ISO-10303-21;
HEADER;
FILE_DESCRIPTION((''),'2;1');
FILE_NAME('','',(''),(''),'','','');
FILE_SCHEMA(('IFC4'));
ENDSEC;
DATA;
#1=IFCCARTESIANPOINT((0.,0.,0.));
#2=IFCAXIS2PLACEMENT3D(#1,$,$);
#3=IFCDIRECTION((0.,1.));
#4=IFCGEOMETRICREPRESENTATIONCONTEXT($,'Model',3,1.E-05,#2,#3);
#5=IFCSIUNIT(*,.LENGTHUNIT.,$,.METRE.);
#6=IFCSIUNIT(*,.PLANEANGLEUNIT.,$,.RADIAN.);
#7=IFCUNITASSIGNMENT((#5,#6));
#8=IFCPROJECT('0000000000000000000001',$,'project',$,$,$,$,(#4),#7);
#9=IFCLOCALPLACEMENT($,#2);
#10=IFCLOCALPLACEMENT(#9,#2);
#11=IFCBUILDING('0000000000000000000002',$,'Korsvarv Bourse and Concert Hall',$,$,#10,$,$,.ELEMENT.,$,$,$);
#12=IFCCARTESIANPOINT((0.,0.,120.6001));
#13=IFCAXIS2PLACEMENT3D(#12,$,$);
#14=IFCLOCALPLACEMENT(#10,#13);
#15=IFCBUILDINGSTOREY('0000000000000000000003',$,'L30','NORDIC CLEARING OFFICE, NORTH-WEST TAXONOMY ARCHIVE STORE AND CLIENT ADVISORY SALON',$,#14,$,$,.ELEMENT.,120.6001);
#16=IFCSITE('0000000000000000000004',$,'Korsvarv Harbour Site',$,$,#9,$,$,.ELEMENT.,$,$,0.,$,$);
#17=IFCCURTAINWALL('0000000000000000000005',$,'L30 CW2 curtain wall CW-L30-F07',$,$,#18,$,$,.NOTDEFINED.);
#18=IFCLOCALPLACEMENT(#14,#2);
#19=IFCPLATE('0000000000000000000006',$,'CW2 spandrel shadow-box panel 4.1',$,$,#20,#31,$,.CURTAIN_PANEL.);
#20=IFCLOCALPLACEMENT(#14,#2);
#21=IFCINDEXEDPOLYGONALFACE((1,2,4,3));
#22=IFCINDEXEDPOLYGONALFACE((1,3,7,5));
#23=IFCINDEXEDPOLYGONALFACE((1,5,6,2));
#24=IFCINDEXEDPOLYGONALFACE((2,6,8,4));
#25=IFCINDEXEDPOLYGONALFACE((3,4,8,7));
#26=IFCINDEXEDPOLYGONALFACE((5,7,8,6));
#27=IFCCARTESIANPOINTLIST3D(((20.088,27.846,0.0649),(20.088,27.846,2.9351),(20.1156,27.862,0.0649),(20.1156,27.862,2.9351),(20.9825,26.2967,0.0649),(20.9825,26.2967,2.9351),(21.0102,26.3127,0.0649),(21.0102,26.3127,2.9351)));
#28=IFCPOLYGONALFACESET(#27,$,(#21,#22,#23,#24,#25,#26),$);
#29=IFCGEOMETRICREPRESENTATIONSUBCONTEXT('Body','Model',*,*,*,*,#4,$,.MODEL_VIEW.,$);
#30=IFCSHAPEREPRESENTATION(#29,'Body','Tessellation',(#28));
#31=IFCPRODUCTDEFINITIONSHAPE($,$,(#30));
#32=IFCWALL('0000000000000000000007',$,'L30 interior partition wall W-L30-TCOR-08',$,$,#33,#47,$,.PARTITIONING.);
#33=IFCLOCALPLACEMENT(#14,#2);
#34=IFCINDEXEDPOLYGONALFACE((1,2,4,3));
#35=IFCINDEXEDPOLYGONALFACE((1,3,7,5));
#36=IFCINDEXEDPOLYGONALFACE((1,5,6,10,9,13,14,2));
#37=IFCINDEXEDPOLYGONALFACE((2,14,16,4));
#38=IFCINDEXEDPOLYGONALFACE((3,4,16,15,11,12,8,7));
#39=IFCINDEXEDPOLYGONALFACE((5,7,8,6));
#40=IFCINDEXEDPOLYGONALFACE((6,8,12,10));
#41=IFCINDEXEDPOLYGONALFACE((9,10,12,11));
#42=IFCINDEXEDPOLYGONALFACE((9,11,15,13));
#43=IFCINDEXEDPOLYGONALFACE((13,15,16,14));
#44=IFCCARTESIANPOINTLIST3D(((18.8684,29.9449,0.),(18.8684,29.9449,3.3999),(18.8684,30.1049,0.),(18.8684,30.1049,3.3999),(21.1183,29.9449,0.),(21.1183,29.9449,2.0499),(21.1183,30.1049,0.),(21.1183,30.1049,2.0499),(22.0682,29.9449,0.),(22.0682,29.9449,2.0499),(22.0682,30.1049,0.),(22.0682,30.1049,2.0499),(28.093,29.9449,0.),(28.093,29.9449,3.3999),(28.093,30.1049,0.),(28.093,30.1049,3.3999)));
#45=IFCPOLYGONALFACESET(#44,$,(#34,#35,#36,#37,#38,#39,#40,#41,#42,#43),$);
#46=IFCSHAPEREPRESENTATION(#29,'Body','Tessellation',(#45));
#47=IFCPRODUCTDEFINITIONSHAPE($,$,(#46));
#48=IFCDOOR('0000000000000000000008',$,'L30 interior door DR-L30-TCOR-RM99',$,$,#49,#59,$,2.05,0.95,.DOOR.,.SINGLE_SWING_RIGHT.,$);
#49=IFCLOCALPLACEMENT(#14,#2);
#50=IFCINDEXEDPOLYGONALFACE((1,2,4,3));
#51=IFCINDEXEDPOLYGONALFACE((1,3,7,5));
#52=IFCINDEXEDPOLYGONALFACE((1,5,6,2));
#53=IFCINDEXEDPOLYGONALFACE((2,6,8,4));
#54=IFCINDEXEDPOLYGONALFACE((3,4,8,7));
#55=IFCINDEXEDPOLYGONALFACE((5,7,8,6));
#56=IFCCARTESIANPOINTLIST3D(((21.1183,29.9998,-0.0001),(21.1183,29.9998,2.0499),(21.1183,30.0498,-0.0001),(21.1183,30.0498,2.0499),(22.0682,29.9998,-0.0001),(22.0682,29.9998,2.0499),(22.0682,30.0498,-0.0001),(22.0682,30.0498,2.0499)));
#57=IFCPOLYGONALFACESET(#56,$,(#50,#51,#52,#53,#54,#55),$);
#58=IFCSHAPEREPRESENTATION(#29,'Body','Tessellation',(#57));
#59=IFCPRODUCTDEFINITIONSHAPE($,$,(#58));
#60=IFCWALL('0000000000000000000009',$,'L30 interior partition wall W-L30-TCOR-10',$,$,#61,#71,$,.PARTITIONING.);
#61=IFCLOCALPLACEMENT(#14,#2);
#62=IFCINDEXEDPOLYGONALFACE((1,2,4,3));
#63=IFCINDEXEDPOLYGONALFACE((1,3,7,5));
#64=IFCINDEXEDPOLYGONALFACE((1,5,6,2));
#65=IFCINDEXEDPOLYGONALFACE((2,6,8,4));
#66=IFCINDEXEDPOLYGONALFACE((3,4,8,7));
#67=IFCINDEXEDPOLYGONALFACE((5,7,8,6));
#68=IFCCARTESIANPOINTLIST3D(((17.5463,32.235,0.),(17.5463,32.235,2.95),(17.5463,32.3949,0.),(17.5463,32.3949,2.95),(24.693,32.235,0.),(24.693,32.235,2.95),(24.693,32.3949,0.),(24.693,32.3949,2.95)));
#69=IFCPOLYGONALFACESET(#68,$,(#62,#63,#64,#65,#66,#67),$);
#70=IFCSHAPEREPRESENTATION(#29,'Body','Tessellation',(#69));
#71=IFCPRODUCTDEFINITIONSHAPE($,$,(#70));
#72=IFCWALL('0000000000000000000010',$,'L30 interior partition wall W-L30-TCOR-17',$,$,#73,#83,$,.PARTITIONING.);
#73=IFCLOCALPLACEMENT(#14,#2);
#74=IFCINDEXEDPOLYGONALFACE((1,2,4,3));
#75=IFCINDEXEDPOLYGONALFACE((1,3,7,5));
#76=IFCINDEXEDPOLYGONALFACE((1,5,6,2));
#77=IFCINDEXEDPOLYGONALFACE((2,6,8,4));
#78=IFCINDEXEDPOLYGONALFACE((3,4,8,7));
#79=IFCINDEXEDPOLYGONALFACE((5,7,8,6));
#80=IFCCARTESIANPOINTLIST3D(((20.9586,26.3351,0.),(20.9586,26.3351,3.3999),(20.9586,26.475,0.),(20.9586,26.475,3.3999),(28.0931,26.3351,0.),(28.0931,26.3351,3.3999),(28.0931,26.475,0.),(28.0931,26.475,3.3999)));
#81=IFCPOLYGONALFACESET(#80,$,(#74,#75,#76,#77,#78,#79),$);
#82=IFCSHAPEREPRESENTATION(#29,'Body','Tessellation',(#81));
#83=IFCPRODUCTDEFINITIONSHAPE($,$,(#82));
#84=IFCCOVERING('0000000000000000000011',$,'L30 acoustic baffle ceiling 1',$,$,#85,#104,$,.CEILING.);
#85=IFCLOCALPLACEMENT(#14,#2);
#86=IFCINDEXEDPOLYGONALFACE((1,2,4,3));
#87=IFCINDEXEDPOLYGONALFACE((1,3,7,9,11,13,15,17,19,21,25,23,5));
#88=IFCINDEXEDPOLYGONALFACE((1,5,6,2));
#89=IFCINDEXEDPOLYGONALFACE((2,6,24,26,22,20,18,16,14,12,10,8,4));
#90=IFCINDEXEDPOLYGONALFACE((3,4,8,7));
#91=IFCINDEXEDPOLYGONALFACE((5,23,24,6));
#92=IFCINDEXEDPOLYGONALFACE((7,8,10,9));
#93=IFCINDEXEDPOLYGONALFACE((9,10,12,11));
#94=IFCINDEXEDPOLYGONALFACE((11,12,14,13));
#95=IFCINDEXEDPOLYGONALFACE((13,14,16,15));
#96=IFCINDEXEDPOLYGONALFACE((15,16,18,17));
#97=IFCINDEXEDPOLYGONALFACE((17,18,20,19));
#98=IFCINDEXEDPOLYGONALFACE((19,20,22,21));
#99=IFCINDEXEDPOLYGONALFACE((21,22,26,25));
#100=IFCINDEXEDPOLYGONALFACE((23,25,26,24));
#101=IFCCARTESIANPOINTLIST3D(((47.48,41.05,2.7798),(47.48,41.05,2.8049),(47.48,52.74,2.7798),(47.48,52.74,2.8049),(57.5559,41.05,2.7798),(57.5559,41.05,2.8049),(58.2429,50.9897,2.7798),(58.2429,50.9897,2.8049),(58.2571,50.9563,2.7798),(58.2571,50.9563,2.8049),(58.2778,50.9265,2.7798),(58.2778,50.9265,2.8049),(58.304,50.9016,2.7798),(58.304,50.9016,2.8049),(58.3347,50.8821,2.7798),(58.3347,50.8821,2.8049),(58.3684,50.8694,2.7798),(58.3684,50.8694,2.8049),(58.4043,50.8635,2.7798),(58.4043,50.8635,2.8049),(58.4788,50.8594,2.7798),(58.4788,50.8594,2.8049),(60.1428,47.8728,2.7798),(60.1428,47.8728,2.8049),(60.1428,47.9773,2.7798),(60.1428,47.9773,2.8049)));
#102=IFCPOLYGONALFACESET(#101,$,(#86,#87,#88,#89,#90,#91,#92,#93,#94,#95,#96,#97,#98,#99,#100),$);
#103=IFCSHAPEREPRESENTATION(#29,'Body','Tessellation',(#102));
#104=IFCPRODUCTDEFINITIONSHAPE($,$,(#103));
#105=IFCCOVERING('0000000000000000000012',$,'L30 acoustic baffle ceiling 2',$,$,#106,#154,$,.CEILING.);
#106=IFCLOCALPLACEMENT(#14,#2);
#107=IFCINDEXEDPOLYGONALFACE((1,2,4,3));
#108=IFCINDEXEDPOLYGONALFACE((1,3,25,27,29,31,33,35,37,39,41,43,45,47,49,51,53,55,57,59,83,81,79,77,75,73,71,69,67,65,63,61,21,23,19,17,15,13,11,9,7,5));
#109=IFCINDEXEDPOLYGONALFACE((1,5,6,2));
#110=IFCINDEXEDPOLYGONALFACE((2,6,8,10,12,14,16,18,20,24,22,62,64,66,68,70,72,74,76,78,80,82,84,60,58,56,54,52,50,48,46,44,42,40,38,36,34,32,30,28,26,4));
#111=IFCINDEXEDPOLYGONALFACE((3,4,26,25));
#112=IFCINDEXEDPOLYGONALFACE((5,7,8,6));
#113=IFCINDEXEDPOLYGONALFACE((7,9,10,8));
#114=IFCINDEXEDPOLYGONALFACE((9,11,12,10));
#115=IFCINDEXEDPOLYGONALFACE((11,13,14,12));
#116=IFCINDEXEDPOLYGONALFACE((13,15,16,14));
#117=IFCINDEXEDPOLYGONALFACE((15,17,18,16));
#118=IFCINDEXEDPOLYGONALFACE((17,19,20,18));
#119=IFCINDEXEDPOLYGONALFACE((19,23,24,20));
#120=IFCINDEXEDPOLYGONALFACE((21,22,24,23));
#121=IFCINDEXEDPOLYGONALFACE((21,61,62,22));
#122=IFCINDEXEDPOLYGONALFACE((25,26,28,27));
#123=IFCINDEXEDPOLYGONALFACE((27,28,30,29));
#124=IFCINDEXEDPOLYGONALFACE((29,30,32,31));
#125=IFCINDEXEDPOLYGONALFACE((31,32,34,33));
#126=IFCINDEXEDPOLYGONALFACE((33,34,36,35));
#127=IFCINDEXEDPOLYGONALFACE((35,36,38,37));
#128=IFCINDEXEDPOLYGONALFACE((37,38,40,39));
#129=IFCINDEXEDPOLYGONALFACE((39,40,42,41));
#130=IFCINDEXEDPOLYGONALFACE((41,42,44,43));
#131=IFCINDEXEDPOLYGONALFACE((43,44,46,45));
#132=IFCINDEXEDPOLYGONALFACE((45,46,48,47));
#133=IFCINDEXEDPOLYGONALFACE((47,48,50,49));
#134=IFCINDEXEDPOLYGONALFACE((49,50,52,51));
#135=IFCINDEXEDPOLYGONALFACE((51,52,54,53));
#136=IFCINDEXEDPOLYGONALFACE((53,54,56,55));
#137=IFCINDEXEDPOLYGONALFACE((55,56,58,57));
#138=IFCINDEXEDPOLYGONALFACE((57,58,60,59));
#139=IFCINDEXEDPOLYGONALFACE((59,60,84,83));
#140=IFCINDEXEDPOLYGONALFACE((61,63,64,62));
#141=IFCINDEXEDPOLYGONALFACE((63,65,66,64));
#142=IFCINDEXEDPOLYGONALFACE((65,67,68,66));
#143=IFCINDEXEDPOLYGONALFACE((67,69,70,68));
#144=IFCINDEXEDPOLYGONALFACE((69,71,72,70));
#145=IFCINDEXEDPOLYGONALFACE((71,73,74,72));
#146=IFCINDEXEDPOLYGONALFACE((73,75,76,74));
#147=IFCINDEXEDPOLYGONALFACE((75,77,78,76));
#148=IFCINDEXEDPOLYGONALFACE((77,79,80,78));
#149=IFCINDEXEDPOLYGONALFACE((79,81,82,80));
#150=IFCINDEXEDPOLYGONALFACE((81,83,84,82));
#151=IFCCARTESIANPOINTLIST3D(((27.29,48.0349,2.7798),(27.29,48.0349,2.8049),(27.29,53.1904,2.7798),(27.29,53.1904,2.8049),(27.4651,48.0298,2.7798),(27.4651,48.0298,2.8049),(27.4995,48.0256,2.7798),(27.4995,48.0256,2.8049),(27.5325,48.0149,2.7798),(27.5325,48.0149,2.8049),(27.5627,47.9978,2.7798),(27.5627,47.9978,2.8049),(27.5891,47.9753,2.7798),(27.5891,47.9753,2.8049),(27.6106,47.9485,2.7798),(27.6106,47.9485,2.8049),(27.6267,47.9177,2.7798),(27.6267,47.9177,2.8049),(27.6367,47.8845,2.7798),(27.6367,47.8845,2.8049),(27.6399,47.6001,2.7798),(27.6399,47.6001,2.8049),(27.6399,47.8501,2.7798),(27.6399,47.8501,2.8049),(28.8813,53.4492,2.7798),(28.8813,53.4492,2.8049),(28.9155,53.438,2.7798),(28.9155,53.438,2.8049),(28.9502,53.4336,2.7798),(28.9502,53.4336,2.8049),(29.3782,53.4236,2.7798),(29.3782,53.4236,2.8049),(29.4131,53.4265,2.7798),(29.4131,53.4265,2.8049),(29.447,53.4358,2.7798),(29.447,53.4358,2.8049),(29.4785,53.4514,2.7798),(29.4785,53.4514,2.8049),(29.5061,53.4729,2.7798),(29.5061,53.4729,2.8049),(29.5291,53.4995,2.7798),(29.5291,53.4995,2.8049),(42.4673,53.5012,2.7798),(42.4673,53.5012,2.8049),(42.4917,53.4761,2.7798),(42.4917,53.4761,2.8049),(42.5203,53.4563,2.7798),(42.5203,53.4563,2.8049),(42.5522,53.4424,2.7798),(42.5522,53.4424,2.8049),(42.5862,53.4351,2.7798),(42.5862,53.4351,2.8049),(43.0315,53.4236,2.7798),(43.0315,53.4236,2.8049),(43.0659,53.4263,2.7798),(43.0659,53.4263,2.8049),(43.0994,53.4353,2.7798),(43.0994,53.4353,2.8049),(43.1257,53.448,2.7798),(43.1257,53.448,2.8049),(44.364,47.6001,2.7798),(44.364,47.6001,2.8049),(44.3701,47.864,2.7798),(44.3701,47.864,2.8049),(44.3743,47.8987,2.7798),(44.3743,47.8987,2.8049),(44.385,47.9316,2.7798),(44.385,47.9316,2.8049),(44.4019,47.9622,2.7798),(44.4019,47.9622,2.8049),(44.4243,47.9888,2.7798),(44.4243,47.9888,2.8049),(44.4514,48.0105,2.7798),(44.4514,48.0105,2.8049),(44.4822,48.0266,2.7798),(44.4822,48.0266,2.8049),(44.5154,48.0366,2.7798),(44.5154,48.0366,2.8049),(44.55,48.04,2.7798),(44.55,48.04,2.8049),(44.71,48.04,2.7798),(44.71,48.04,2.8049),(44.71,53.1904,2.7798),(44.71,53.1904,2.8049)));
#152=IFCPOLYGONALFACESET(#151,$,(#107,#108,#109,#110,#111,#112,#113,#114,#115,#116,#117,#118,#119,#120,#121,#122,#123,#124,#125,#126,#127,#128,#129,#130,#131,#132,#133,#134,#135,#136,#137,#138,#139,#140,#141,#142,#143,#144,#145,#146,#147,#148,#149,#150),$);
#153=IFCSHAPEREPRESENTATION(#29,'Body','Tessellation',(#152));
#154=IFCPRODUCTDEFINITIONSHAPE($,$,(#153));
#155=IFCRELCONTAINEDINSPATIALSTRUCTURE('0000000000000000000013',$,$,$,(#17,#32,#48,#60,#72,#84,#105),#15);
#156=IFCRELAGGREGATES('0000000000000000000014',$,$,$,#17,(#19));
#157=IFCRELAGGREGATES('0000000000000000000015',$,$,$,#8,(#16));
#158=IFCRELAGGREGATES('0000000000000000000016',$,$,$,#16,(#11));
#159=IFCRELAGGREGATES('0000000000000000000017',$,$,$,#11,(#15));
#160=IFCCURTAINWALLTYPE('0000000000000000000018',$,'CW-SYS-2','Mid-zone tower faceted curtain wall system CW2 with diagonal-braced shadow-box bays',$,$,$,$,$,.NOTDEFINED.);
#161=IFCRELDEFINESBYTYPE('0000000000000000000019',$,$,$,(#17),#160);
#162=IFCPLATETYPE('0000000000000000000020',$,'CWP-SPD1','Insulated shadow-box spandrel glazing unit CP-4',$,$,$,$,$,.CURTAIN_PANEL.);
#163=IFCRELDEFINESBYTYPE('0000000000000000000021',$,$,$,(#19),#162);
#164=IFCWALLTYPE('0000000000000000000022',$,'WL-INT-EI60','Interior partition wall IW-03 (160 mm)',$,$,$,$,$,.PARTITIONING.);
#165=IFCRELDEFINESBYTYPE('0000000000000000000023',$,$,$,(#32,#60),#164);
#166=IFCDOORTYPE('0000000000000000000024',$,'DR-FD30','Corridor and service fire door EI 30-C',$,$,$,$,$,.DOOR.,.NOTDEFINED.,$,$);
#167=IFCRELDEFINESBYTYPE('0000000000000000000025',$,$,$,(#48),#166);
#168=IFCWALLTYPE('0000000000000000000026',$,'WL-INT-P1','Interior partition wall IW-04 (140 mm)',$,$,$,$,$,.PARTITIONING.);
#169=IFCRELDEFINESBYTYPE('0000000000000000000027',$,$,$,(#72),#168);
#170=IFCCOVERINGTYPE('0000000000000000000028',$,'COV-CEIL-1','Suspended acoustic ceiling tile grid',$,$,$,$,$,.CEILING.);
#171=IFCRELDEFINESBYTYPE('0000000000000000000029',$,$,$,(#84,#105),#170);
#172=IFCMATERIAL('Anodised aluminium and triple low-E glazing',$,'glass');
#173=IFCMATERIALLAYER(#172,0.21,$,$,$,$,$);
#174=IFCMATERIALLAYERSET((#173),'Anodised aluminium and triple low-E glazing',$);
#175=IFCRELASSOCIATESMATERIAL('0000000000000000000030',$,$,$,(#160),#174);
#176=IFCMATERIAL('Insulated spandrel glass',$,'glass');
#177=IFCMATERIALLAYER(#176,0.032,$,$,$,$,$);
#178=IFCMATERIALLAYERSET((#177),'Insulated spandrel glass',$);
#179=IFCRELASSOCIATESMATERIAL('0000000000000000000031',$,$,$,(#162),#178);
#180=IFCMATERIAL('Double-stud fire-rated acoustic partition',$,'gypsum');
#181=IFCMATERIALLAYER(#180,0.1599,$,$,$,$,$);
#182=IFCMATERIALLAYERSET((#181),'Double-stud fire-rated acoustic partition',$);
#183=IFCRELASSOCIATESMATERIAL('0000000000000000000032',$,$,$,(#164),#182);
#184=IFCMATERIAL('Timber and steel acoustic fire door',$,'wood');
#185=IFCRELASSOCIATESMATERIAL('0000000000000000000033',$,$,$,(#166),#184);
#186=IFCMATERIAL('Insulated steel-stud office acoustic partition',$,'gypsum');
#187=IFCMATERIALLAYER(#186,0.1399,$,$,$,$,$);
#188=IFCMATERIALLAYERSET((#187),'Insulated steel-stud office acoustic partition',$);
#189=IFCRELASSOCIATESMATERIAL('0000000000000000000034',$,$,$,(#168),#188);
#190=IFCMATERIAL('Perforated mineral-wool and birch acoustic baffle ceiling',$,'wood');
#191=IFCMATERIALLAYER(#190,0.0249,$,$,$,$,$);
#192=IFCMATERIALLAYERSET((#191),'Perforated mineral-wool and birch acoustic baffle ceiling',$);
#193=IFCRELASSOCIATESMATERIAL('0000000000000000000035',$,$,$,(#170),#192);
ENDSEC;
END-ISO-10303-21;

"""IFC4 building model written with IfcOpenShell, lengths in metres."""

from ifc_helpers import new_model, si_unit, direction, frame, frame_2d, origin, origin_2d, place, context, subcontext, project, spatial, polyline, rectangle, outline, extrude, source, transform, mapped, material, layer, layer_set, type_object, element, fill, aggregate, save


model = new_model("IFC4")

# Units and contexts
model_context = context("Model", 3, precision=1e-05, world=origin(), true_north=direction((0.0, 1.0)))
body_context = subcontext(model_context, "Body", "Model", "MODEL_VIEW")
ifc_project = project(units=[si_unit("LENGTHUNIT", "METRE"), si_unit("PLANEANGLEUNIT", "RADIAN")], contexts=[model_context])

# Site, building, storey
site_placement = place(None, origin())
site = spatial("IfcSite", under=ifc_project, at=site_placement, Name="Korsvarv Harbour Site", CompositionType="ELEMENT", RefElevation=0.0)
building_placement = place(site_placement, origin())
building = spatial("IfcBuilding", under=site, at=building_placement, Name="Korsvarv Bourse and Concert Hall", CompositionType="ELEMENT")
storey_placement = place(building_placement, frame((0.0, 0.0, 120.6001)))
storey = spatial("IfcBuildingStorey", under=building, at=storey_placement, Name="L30", Description="NORDIC CLEARING OFFICE, NORTH-WEST TAXONOMY ARCHIVE STORE AND CLIENT ADVISORY SALON", CompositionType="ELEMENT", Elevation=120.6001)

# Curtain wall
ifc_material_1 = material(Name="Anodised aluminium and triple low-E glazing", Category="glass")
ifc_layer_1 = layer(ifc_material_1, 0.21)
ifc_layer_set_1 = layer_set([ifc_layer_1], Name="Anodised aluminium and triple low-E glazing")
curtain_wall_type = type_object("IfcCurtainWallType", Name="CW-SYS-2", Description="Mid-zone tower faceted curtain wall system CW2 with diagonal-braced shadow-box bays", PredefinedType="NOTDEFINED", material=ifc_layer_set_1)
curtain_wall_placement = place(storey_placement, origin())
curtain_wall = element("IfcCurtainWall", 1, at=curtain_wall_placement, inside=storey, type_object=curtain_wall_type, Name="L30 CW2 curtain wall CW-L30-F07", PredefinedType="NOTDEFINED")

# Plate
ifc_material_2 = material(Name="Insulated spandrel glass", Category="glass")
ifc_layer_2 = layer(ifc_material_2, 0.032)
ifc_layer_set_2 = layer_set([ifc_layer_2], Name="Insulated spandrel glass")
plate_type_1 = type_object("IfcPlateType", Name="CWP-SPD1", Description="Insulated shadow-box spandrel glazing unit CP-4", PredefinedType="CURTAIN_PANEL", material=ifc_layer_set_2)
shared_shape_1 = source(origin(), body_context, "Body", "SweptSolid", [
    extrude(rectangle(XDim=1.7891, YDim=0.032, at=origin_2d()), origin(), (0.0, 0.0, 1.0), 2.8701),
])
plate_1_placement = place(storey_placement, frame((20.5491, 27.0793, 0.0649), z_axis=(0.0, 0.0, 1.0), x_axis=(0.500007, -0.866021, 0.0)))
plate_1 = element("IfcPlate", 2, at=plate_1_placement, type_object=plate_type_1, Name="CW2 spandrel shadow-box panel 4.1", PredefinedType="CURTAIN_PANEL", context=body_context, shape_type="MappedRepresentation", body=[
    mapped(shared_shape_1, transform((0.0, 0.0, 0.0), scale=1.0)),
])
aggregate(curtain_wall, [plate_1])

# Wall, opening, door
ifc_material_3 = material(Name="Double-stud fire-rated acoustic partition", Category="gypsum")
ifc_layer_3 = layer(ifc_material_3, 0.1599)
ifc_layer_set_3 = layer_set([ifc_layer_3], Name="Double-stud fire-rated acoustic partition")
wall_type_1 = type_object("IfcWallType", Name="WL-INT-EI60", Description="Interior partition wall IW-03 (160 mm)", PredefinedType="PARTITIONING", material=ifc_layer_set_3)
wall_1_placement = place(storey_placement, frame((18.8684, 30.0249, 0.0), z_axis=(0.0, 0.0, 1.0), x_axis=(1.0, 0.0, 0.0)))
wall_1 = element("IfcWall", 3, at=wall_1_placement, inside=storey, type_object=wall_type_1, Name="L30 interior partition wall W-L30-TCOR-08", PredefinedType="PARTITIONING", context=body_context, shape_type="SweptSolid", body=[
    extrude(rectangle(XDim=9.2246, YDim=0.1599, at=frame_2d((4.6123, 0.0))), origin(), (0.0, 0.0, 1.0), 3.3999),
])
opening_placement = place(wall_1_placement, frame((2.2498, 0.0, 0.0)))
opening = element("IfcOpeningElement", 4, at=opening_placement, cuts=wall_1, PredefinedType="OPENING", context=body_context, shape_type="SweptSolid", body=[
    extrude(rectangle(XDim=0.95, YDim=2.05, at=frame_2d((0.4751, 1.0249))), frame((0.0, 0.0898, 0.0), z_axis=(0.0, -1.0, 0.0), x_axis=(1.0, 0.0, 0.0)), (0.0, 0.0, 1.0), 0.1799),
])
ifc_material_4 = material(Name="Timber and steel acoustic fire door", Category="wood")
door_type = type_object("IfcDoorType", Name="DR-FD30", Description="Corridor and service fire door EI 30-C", OperationType="NOTDEFINED", PredefinedType="DOOR", material=ifc_material_4)
door_placement = place(opening_placement, origin())
door = element("IfcDoor", 5, at=door_placement, inside=storey, type_object=door_type, Name="L30 interior door DR-L30-TCOR-RM99", OperationType="SINGLE_SWING_RIGHT", OverallHeight=2.05, OverallWidth=0.95, PredefinedType="DOOR", context=body_context, shape_type="SweptSolid", body=[
    extrude(rectangle(XDim=0.95, YDim=2.05, at=frame_2d((0.4751, 1.0249))), frame((0.0, 0.0249, 0.0), z_axis=(0.0, -1.0, 0.0), x_axis=(1.0, 0.0, 0.0)), (0.0, 0.0, 1.0), 0.05),
])
fill(opening, door)

# Walls
wall_2_placement = place(storey_placement, frame((17.5464, 32.3149, 0.0), z_axis=(0.0, 0.0, 1.0), x_axis=(1.0, 0.0, 0.0)))
element("IfcWall", 6, at=wall_2_placement, inside=storey, type_object=wall_type_1, Name="L30 interior partition wall W-L30-TCOR-10", PredefinedType="PARTITIONING", context=body_context, shape_type="SweptSolid", body=[
    extrude(rectangle(XDim=7.1467, YDim=0.1599, at=frame_2d((3.5732, 0.0))), origin(), (0.0, 0.0, 1.0), 2.95),
])
ifc_material_5 = material(Name="Insulated steel-stud office acoustic partition", Category="gypsum")
ifc_layer_4 = layer(ifc_material_5, 0.1399)
ifc_layer_set_4 = layer_set([ifc_layer_4], Name="Insulated steel-stud office acoustic partition")
wall_type_2 = type_object("IfcWallType", Name="WL-INT-P1", Description="Interior partition wall IW-04 (140 mm)", PredefinedType="PARTITIONING", material=ifc_layer_set_4)
wall_3_placement = place(storey_placement, frame((20.9585, 26.405, 0.0), z_axis=(0.0, 0.0, 1.0), x_axis=(1.0, 0.0, 0.0)))
element("IfcWall", 7, at=wall_3_placement, inside=storey, type_object=wall_type_2, Name="L30 interior partition wall W-L30-TCOR-17", PredefinedType="PARTITIONING", context=body_context, shape_type="SweptSolid", body=[
    extrude(rectangle(XDim=7.1345, YDim=0.1399, at=frame_2d((3.5674, 0.0))), origin(), (0.0, 0.0, 1.0), 3.3999),
])

# Coverings
ifc_material_6 = material(Name="Perforated mineral-wool and birch acoustic baffle ceiling", Category="wood")
ifc_layer_5 = layer(ifc_material_6, 0.0249)
ifc_layer_set_5 = layer_set([ifc_layer_5], Name="Perforated mineral-wool and birch acoustic baffle ceiling")
covering_type_1 = type_object("IfcCoveringType", Name="COV-CEIL-1", Description="Suspended acoustic ceiling tile grid", PredefinedType="CEILING", material=ifc_layer_set_5)
covering_1_placement = place(storey_placement, frame((0.0, 0.0, 2.7798)))
element("IfcCovering", 8, at=covering_1_placement, inside=storey, type_object=covering_type_1, Name="L30 acoustic baffle ceiling 1", PredefinedType="CEILING", context=body_context, shape_type="SweptSolid", body=[
    extrude(outline(polyline([(58.2429, 50.9897), (58.2571, 50.9563), (58.2778, 50.9265), (58.304, 50.9016), (58.3347, 50.8821), (58.3684, 50.8694), (58.4043, 50.8635), (58.4788, 50.8594), (60.1428, 47.9773), (60.1428, 47.8728), (57.5559, 41.05), (47.48, 41.05), (47.48, 52.74), (58.2429, 50.9897)])), origin(), (0.0, 0.0, 1.0), 0.0251),
])
covering_2_placement = place(storey_placement, frame((0.0, 0.0, 2.7798)))
element("IfcCovering", 9, at=covering_2_placement, inside=storey, type_object=covering_type_1, Name="L30 acoustic baffle ceiling 2", PredefinedType="CEILING", context=body_context, shape_type="SweptSolid", body=[
    extrude(outline(polyline([(28.8813, 53.4492), (28.9155, 53.438), (28.9502, 53.4336), (29.3782, 53.4236), (29.4131, 53.4265), (29.447, 53.4358), (29.4785, 53.4514), (29.5061, 53.4729), (29.5291, 53.4995), (42.4673, 53.5012), (42.4917, 53.4761), (42.5203, 53.4563), (42.5522, 53.4424), (42.5862, 53.4351), (43.0315, 53.4236), (43.0659, 53.4263), (43.0994, 53.4353), (43.1257, 53.448), (44.71, 53.1904), (44.71, 48.04), (44.55, 48.04), (44.5154, 48.0366), (44.4822, 48.0266), (44.4514, 48.0105), (44.4243, 47.9888), (44.4019, 47.9622), (44.385, 47.9316), (44.3743, 47.8987), (44.3701, 47.864), (44.364, 47.6001), (27.6399, 47.6001), (27.6399, 47.8501), (27.6367, 47.8845), (27.6267, 47.9177), (27.6106, 47.9485), (27.5891, 47.9753), (27.5627, 47.9978), (27.5325, 48.0149), (27.4995, 48.0256), (27.4651, 48.0298), (27.29, 48.0349), (27.29, 53.1904), (28.8813, 53.4492)])), origin(), (0.0, 0.0, 1.0), 0.0251),
])

save(model, "model.ifc")
